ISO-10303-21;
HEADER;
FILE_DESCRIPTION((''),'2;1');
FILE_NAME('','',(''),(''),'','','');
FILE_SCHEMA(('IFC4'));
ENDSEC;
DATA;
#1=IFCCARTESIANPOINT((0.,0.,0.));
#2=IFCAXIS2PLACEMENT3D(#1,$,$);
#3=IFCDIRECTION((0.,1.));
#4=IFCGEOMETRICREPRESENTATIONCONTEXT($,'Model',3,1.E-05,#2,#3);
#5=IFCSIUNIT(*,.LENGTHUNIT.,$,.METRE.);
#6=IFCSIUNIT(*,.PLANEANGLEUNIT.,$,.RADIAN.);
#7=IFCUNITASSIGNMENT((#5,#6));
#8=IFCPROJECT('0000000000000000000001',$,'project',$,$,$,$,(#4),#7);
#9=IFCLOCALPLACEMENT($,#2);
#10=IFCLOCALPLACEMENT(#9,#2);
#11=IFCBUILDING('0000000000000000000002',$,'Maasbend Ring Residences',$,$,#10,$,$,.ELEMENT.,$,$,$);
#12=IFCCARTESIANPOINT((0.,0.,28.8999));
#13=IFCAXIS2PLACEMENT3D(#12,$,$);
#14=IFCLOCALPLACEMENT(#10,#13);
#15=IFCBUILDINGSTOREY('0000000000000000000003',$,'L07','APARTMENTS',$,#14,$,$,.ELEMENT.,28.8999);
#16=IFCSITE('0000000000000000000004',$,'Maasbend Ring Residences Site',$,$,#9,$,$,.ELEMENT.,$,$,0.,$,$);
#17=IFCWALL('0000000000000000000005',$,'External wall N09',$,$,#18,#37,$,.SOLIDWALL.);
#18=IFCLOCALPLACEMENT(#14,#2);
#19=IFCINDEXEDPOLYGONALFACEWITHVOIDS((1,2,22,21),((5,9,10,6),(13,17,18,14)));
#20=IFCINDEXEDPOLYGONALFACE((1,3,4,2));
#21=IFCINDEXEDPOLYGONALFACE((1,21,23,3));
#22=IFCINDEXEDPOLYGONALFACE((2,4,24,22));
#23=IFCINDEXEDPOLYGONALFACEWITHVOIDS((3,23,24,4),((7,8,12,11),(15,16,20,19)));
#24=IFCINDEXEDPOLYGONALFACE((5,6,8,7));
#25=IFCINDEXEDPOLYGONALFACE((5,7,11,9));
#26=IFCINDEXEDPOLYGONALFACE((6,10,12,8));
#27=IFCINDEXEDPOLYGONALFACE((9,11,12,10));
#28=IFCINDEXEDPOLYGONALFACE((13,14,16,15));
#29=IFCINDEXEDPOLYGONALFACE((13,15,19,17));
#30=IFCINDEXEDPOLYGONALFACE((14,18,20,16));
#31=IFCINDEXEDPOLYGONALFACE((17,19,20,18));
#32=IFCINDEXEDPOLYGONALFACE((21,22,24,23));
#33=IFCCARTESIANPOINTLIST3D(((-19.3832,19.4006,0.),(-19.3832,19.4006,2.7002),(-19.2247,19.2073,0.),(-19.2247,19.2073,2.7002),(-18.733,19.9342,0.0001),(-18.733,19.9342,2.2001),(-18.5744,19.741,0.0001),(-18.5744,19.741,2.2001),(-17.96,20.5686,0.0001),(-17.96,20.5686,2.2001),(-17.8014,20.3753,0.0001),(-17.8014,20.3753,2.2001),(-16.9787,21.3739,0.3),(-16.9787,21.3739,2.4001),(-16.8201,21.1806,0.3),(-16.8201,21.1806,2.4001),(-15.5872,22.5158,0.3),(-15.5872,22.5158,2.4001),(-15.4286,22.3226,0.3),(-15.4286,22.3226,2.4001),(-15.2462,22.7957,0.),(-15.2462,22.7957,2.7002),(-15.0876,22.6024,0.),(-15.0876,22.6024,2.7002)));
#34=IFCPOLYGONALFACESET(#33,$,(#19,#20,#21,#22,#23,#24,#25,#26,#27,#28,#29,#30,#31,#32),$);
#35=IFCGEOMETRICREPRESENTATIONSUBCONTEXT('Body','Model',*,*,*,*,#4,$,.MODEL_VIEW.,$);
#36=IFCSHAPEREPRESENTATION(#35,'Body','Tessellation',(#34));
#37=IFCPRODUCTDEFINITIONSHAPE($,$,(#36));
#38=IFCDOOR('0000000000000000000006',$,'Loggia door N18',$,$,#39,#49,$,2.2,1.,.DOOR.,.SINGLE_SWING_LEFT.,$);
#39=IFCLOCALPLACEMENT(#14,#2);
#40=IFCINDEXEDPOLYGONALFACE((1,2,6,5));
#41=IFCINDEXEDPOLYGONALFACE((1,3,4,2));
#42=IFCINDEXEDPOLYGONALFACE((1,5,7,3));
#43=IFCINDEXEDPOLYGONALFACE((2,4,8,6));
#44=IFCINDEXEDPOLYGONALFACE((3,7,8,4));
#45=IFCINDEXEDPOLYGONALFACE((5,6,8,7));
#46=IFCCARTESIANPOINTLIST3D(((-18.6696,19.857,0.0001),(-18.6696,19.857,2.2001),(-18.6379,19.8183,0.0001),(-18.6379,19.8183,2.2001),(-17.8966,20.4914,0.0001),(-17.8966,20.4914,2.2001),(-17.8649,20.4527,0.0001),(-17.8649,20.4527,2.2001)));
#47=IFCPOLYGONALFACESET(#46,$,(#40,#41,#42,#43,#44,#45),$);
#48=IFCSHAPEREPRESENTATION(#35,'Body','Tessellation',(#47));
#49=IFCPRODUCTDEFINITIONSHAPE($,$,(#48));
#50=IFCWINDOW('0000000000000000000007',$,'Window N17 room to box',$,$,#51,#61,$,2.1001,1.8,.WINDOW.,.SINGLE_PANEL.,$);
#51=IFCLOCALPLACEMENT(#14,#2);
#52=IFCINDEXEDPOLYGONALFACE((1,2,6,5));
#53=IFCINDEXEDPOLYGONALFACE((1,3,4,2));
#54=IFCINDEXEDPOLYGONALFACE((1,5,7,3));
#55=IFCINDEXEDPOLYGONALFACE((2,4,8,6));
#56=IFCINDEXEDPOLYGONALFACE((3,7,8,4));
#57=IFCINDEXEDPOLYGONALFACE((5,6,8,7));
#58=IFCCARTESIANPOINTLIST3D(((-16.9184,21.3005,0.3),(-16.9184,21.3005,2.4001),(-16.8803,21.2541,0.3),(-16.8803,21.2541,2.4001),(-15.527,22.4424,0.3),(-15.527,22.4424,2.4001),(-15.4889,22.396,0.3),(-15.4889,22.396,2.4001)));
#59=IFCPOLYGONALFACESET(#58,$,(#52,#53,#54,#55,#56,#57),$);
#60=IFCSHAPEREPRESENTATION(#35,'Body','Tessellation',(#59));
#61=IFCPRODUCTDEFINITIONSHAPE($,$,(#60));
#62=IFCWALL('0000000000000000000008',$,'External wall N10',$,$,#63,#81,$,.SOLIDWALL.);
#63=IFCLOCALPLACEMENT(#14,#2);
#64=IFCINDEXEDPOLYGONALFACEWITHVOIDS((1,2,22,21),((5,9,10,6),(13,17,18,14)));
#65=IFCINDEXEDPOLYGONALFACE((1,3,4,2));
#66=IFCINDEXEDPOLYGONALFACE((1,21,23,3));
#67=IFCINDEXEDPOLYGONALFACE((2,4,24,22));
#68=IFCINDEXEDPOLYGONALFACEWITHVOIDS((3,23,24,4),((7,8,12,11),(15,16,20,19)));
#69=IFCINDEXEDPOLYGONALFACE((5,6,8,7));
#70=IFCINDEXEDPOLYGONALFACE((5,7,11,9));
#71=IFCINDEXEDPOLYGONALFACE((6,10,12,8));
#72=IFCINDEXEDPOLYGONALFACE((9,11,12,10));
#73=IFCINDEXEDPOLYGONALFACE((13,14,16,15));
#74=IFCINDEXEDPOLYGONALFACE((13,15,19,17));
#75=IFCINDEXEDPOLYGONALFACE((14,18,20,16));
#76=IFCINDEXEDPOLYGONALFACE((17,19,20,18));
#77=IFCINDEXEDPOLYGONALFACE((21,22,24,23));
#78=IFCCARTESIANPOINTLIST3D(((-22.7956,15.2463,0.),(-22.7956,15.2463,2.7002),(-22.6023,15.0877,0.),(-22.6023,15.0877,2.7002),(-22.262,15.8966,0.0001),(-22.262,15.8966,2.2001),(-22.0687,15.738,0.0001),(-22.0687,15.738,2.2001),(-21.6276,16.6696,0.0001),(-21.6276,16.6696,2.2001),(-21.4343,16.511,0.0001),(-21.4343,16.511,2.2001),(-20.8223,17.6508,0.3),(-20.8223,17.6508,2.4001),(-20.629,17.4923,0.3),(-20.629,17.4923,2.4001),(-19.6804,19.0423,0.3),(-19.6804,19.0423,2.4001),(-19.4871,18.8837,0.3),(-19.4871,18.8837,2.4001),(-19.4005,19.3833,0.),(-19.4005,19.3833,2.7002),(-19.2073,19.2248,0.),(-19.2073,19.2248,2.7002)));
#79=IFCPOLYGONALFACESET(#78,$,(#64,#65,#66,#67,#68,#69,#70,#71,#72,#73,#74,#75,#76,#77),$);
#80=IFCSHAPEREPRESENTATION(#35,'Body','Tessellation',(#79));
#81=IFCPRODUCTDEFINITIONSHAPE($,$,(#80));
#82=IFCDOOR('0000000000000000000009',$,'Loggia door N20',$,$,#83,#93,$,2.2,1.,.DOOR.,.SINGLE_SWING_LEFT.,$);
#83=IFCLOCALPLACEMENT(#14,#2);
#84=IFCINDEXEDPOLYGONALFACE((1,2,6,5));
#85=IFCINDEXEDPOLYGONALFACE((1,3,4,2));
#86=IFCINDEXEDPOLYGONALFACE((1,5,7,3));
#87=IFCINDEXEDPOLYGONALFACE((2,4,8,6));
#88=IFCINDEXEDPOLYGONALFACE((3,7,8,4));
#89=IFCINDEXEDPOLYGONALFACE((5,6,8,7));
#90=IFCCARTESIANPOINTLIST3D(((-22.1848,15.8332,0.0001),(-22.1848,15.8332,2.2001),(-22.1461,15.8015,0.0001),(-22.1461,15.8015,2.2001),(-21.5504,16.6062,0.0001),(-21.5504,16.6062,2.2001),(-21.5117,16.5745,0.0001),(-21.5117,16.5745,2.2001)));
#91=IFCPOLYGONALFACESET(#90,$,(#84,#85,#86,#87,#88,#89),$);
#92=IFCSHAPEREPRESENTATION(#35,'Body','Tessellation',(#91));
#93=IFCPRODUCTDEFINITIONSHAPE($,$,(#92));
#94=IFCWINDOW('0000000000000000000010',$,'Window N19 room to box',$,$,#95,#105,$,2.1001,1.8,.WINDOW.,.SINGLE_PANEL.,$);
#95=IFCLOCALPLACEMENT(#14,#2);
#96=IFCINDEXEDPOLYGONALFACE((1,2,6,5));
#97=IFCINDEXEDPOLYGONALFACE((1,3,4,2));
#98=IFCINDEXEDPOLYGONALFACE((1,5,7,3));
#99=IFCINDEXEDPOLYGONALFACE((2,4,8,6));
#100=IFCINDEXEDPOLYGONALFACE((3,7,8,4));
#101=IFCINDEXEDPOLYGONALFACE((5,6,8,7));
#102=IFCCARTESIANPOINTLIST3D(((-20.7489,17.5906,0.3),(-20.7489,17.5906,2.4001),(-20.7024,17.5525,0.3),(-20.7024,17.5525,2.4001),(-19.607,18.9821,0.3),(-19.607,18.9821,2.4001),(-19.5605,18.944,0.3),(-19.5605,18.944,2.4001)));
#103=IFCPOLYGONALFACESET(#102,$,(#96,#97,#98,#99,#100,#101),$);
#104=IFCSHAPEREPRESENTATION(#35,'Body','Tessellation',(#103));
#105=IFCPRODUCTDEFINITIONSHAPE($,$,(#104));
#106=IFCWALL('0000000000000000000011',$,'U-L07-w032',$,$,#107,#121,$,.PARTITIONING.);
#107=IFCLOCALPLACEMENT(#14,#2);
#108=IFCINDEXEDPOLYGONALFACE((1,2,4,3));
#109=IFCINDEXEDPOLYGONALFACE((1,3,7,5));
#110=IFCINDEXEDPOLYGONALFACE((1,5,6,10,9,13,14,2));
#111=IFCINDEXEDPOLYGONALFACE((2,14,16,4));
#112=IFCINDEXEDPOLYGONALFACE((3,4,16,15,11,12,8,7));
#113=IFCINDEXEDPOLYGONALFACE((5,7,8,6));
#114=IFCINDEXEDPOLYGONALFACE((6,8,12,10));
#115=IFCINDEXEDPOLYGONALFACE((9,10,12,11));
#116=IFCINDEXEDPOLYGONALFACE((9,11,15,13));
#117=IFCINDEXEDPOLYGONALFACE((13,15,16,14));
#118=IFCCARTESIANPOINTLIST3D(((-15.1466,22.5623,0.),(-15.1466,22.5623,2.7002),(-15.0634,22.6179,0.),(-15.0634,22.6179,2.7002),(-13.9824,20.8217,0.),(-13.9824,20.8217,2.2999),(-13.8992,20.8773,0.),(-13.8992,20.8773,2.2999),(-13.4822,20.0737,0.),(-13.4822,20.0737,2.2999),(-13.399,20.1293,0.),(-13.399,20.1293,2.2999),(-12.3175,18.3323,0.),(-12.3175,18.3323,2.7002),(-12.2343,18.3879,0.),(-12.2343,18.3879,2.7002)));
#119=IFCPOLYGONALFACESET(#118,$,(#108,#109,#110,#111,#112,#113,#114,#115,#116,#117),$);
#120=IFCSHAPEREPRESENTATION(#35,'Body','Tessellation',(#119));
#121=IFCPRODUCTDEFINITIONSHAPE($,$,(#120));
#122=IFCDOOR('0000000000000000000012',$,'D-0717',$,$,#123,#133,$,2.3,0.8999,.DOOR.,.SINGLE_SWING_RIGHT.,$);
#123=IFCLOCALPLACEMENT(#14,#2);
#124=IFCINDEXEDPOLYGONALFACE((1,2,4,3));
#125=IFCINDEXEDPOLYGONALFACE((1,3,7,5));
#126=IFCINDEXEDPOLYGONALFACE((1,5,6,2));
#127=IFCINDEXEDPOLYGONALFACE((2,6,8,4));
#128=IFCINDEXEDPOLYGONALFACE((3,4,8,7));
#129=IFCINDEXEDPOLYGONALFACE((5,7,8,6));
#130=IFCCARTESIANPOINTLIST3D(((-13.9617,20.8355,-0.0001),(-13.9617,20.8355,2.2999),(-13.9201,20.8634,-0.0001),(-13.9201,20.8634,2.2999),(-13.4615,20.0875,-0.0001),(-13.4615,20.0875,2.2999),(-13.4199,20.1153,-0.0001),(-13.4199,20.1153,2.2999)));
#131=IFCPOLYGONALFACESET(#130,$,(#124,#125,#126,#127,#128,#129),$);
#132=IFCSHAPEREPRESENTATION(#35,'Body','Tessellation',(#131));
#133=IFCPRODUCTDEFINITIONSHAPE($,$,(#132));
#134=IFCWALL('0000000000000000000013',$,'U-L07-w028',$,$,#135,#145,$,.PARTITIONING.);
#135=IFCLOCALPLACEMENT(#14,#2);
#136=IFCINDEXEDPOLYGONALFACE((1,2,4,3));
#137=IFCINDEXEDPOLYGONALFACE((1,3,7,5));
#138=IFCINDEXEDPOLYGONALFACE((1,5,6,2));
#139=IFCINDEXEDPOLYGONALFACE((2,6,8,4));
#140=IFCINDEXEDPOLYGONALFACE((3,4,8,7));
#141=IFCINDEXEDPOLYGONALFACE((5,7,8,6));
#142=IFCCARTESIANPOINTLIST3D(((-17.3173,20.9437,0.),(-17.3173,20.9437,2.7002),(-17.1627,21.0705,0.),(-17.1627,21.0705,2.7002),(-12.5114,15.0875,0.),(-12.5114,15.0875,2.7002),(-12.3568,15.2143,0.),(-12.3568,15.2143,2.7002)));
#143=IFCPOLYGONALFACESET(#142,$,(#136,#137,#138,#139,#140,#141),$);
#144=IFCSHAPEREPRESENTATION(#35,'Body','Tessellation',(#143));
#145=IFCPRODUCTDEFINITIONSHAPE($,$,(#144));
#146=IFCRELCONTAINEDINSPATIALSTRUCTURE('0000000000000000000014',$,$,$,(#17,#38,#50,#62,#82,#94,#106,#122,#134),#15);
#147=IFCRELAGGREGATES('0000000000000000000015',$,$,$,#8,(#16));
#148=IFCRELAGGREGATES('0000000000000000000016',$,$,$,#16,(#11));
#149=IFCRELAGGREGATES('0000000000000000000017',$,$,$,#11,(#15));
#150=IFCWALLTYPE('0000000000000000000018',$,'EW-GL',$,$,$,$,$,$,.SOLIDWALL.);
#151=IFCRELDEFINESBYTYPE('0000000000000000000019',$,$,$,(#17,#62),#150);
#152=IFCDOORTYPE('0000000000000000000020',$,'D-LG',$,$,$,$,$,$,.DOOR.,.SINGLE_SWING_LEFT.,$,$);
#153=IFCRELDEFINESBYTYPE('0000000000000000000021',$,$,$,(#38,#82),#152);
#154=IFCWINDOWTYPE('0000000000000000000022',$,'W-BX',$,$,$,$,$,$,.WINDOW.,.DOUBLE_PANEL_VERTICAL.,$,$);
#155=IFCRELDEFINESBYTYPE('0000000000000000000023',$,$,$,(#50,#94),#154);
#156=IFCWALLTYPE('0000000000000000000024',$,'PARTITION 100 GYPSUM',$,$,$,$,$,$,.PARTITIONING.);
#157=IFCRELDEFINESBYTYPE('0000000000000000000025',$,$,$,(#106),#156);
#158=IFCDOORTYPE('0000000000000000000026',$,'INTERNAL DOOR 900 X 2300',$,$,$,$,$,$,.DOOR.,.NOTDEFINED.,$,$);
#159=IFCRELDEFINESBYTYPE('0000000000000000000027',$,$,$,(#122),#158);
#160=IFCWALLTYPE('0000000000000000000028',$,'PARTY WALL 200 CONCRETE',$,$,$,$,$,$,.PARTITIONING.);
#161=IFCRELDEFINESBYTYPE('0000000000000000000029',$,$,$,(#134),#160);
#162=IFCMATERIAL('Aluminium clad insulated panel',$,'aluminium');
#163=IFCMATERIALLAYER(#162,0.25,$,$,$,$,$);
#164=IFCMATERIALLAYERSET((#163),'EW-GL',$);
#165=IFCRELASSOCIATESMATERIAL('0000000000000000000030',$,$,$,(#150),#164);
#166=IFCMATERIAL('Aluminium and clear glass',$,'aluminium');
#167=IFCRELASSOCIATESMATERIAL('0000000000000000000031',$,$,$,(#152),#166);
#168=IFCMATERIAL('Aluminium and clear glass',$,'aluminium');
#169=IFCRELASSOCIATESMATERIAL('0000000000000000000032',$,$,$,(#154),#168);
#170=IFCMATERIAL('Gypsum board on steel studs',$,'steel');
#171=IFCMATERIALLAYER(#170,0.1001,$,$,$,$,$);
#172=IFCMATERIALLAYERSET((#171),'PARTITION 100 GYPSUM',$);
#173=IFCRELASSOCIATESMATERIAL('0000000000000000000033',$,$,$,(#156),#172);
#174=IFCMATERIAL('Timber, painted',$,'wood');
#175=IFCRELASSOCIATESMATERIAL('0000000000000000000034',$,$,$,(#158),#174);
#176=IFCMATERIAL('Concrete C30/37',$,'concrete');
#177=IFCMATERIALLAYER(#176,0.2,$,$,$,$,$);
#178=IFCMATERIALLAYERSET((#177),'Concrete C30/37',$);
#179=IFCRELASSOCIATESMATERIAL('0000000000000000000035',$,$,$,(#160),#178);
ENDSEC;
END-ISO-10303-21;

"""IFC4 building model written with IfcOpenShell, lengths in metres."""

from ifc_helpers import new_model, si_unit, direction, frame, frame_2d, origin, place, context, subcontext, project, spatial, rectangle, extrude, material, layer, layer_set, type_object, element, fill, save


model = new_model("IFC4")

# Units and contexts
model_context = context("Model", 3, precision=1e-05, world=origin(), true_north=direction((0.0, 1.0)))
body_context = subcontext(model_context, "Body", "Model", "MODEL_VIEW")
ifc_project = project(units=[si_unit("LENGTHUNIT", "METRE"), si_unit("PLANEANGLEUNIT", "RADIAN")], contexts=[model_context])

# Site, building, storey
site_placement = place(None, origin())
site = spatial("IfcSite", under=ifc_project, at=site_placement, Name="Maasbend Ring Residences Site", CompositionType="ELEMENT", RefElevation=0.0)
building_placement = place(site_placement, origin())
building = spatial("IfcBuilding", under=site, at=building_placement, Name="Maasbend Ring Residences", CompositionType="ELEMENT")
storey_placement = place(building_placement, frame((0.0, 0.0, 28.8999)))
storey = spatial("IfcBuildingStorey", under=building, at=storey_placement, Name="L07", Description="APARTMENTS", CompositionType="ELEMENT", Elevation=28.8999)

# Walls, openings, doors, windows
ifc_material_1 = material(Name="Aluminium clad insulated panel", Category="aluminium")
ifc_layer_1 = layer(ifc_material_1, 0.25)
ifc_layer_set_1 = layer_set([ifc_layer_1], Name="EW-GL")
wall_type_1 = type_object("IfcWallType", Name="EW-GL", PredefinedType="SOLIDWALL", material=ifc_layer_set_1)
wall_1_placement = place(storey_placement, frame((-15.167, 22.699, 0.0), z_axis=(0.0, 0.0, 1.0), x_axis=(-0.773019, -0.634382, 0.0)))
wall_1 = element("IfcWall", 1, at=wall_1_placement, inside=storey, type_object=wall_type_1, Name="External wall N09", PredefinedType="SOLIDWALL", context=body_context, shape_type="SweptSolid", body=[
    extrude(rectangle(XDim=5.3518, YDim=0.25, at=frame_2d((2.6758, 0.0))), origin(), (0.0, 0.0, 1.0), 2.7002),
])
opening_1_placement = place(wall_1_placement, frame((0.4412, 0.0, 0.3)))
opening_1 = element("IfcOpeningElement", 2, at=opening_1_placement, cuts=wall_1, PredefinedType="OPENING", context=body_context, shape_type="SweptSolid", body=[
    extrude(rectangle(XDim=1.8, YDim=2.1001, at=frame_2d((0.8999, 1.05))), frame((0.0, 0.135, 0.0), z_axis=(0.0, -1.0, 0.0), x_axis=(1.0, 0.0, 0.0)), (0.0, 0.0, 1.0), 0.27),
])
opening_2_placement = place(wall_1_placement, frame((3.5105, 0.0, 0.0)))
opening_2 = element("IfcOpeningElement", 3, at=opening_2_placement, cuts=wall_1, PredefinedType="OPENING", context=body_context, shape_type="SweptSolid", body=[
    extrude(rectangle(XDim=1.0, YDim=2.2, at=frame_2d((0.5, 1.1001))), frame((0.0, 0.135, 0.0), z_axis=(0.0, -1.0, 0.0), x_axis=(1.0, 0.0, 0.0)), (0.0, 0.0, 1.0), 0.27),
])
ifc_material_2 = material(Name="Aluminium and clear glass", Category="aluminium")
door_type_1 = type_object("IfcDoorType", Name="D-LG", OperationType="SINGLE_SWING_LEFT", PredefinedType="DOOR", material=ifc_material_2)
door_1_placement = place(opening_2_placement, origin())
door_1 = element("IfcDoor", 4, at=door_1_placement, inside=storey, type_object=door_type_1, Name="Loggia door N18", OperationType="SINGLE_SWING_LEFT", OverallHeight=2.2, OverallWidth=1.0, PredefinedType="DOOR", context=body_context, shape_type="SweptSolid", body=[
    extrude(rectangle(XDim=1.0, YDim=2.2, at=frame_2d((0.5, 1.1001))), frame((0.0, 0.0249, 0.0), z_axis=(0.0, -1.0, 0.0), x_axis=(1.0, 0.0, 0.0)), (0.0, 0.0, 1.0), 0.05),
])
fill(opening_2, door_1)
ifc_material_3 = material(Name="Aluminium and clear glass", Category="aluminium")
window_type_1 = type_object("IfcWindowType", Name="W-BX", PartitioningType="DOUBLE_PANEL_VERTICAL", PredefinedType="WINDOW", material=ifc_material_3)
window_1_placement = place(opening_1_placement, origin())
window_1 = element("IfcWindow", 5, at=window_1_placement, inside=storey, type_object=window_type_1, Name="Window N17 room to box", OverallHeight=2.1001, OverallWidth=1.8, PartitioningType="SINGLE_PANEL", PredefinedType="WINDOW", context=body_context, shape_type="SweptSolid", body=[
    extrude(rectangle(XDim=1.8, YDim=2.1001, at=frame_2d((0.8999, 1.05))), frame((0.0, 0.03, 0.0), z_axis=(0.0, -1.0, 0.0), x_axis=(1.0, 0.0, 0.0)), (0.0, 0.0, 1.0), 0.0601),
])
fill(opening_1, window_1)
wall_2_placement = place(storey_placement, frame((-19.304, 19.304, 0.0), z_axis=(0.0, 0.0, 1.0), x_axis=(-0.634382, -0.773019, 0.0)))
wall_2 = element("IfcWall", 6, at=wall_2_placement, inside=storey, type_object=wall_type_1, Name="External wall N10", PredefinedType="SOLIDWALL", context=body_context, shape_type="SweptSolid", body=[
    extrude(rectangle(XDim=5.3518, YDim=0.25, at=frame_2d((2.6758, 0.0))), origin(), (0.0, 0.0, 1.0), 2.7002),
])
opening_3_placement = place(wall_2_placement, frame((0.4412, 0.0, 0.3)))
opening_3 = element("IfcOpeningElement", 7, at=opening_3_placement, cuts=wall_2, PredefinedType="OPENING", context=body_context, shape_type="SweptSolid", body=[
    extrude(rectangle(XDim=1.8, YDim=2.1001, at=frame_2d((0.8999, 1.05))), frame((0.0, 0.135, 0.0), z_axis=(0.0, -1.0, 0.0), x_axis=(1.0, 0.0, 0.0)), (0.0, 0.0, 1.0), 0.27),
])
opening_4_placement = place(wall_2_placement, frame((3.5105, 0.0, 0.0)))
opening_4 = element("IfcOpeningElement", 8, at=opening_4_placement, cuts=wall_2, PredefinedType="OPENING", context=body_context, shape_type="SweptSolid", body=[
    extrude(rectangle(XDim=1.0, YDim=2.2, at=frame_2d((0.5, 1.1001))), frame((0.0, 0.135, 0.0), z_axis=(0.0, -1.0, 0.0), x_axis=(1.0, 0.0, 0.0)), (0.0, 0.0, 1.0), 0.27),
])
door_2_placement = place(opening_4_placement, origin())
door_2 = element("IfcDoor", 9, at=door_2_placement, inside=storey, type_object=door_type_1, Name="Loggia door N20", OperationType="SINGLE_SWING_LEFT", OverallHeight=2.2, OverallWidth=1.0, PredefinedType="DOOR", context=body_context, shape_type="SweptSolid", body=[
    extrude(rectangle(XDim=1.0, YDim=2.2, at=frame_2d((0.5, 1.1001))), frame((0.0, 0.0249, 0.0), z_axis=(0.0, -1.0, 0.0), x_axis=(1.0, 0.0, 0.0)), (0.0, 0.0, 1.0), 0.05),
])
fill(opening_4, door_2)
window_2_placement = place(opening_3_placement, origin())
window_2 = element("IfcWindow", 10, at=window_2_placement, inside=storey, type_object=window_type_1, Name="Window N19 room to box", OverallHeight=2.1001, OverallWidth=1.8, PartitioningType="SINGLE_PANEL", PredefinedType="WINDOW", context=body_context, shape_type="SweptSolid", body=[
    extrude(rectangle(XDim=1.8, YDim=2.1001, at=frame_2d((0.8999, 1.05))), frame((0.0, 0.03, 0.0), z_axis=(0.0, -1.0, 0.0), x_axis=(1.0, 0.0, 0.0)), (0.0, 0.0, 1.0), 0.0601),
])
fill(opening_3, window_2)

# Wall, opening, door
ifc_material_4 = material(Name="Gypsum board on steel studs", Category="steel")
ifc_layer_2 = layer(ifc_material_4, 0.1001)
ifc_layer_set_2 = layer_set([ifc_layer_2], Name="PARTITION 100 GYPSUM")
wall_type_2 = type_object("IfcWallType", Name="PARTITION 100 GYPSUM", PredefinedType="PARTITIONING", material=ifc_layer_set_2)
wall_3_placement = place(storey_placement, frame((-15.105, 22.5901, 0.0), z_axis=(0.0, 0.0, 1.0), x_axis=(0.55594, -0.831223, 0.0)))
wall_3 = element("IfcWall", 11, at=wall_3_placement, inside=storey, type_object=wall_type_2, Name="U-L07-w032", PredefinedType="PARTITIONING", context=body_context, shape_type="SweptSolid", body=[
    extrude(rectangle(XDim=5.0889, YDim=0.1001, at=frame_2d((2.5444, 0.0))), origin(), (0.0, 0.0, 1.0), 2.7002),
])
opening_5_placement = place(wall_3_placement, frame((2.094, 0.0, 0.0)))
opening_5 = element("IfcOpeningElement", 12, at=opening_5_placement, cuts=wall_3, PredefinedType="OPENING", context=body_context, shape_type="SweptSolid", body=[
    extrude(rectangle(XDim=0.8999, YDim=2.3, at=frame_2d((0.45, 1.1499))), frame((0.0, 0.0601, 0.0), z_axis=(0.0, -1.0, 0.0), x_axis=(1.0, 0.0, 0.0)), (0.0, 0.0, 1.0), 0.1201),
])
ifc_material_5 = material(Name="Timber, painted", Category="wood")
door_type_2 = type_object("IfcDoorType", Name="INTERNAL DOOR 900 X 2300", OperationType="NOTDEFINED", PredefinedType="DOOR", material=ifc_material_5)
door_3_placement = place(opening_5_placement, origin())
door_3 = element("IfcDoor", 13, at=door_3_placement, inside=storey, type_object=door_type_2, Name="D-0717", OperationType="SINGLE_SWING_RIGHT", OverallHeight=2.3, OverallWidth=0.8999, PredefinedType="DOOR", context=body_context, shape_type="SweptSolid", body=[
    extrude(rectangle(XDim=0.8999, YDim=2.3, at=frame_2d((0.45, 1.1499))), frame((0.0, 0.0249, 0.0), z_axis=(0.0, -1.0, 0.0), x_axis=(1.0, 0.0, 0.0)), (0.0, 0.0, 1.0), 0.05),
])
fill(opening_5, door_3)

# Wall
ifc_material_6 = material(Name="Concrete C30/37", Category="concrete")
ifc_layer_3 = layer(ifc_material_6, 0.2)
ifc_layer_set_3 = layer_set([ifc_layer_3], Name="Concrete C30/37")
wall_type_3 = type_object("IfcWallType", Name="PARTY WALL 200 CONCRETE", PredefinedType="PARTITIONING", material=ifc_layer_set_3)
wall_4_placement = place(storey_placement, frame((-17.24, 21.0071, 0.0), z_axis=(0.0, 0.0, 1.0), x_axis=(0.634381, -0.77302, 0.0)))
element("IfcWall", 14, at=wall_4_placement, inside=storey, type_object=wall_type_3, Name="U-L07-w028", PredefinedType="PARTITIONING", context=body_context, shape_type="SweptSolid", body=[
    extrude(rectangle(XDim=7.5757, YDim=0.2, at=frame_2d((3.7878, 0.0))), origin(), (0.0, 0.0, 1.0), 2.7002),
])

save(model, "model.ifc")
